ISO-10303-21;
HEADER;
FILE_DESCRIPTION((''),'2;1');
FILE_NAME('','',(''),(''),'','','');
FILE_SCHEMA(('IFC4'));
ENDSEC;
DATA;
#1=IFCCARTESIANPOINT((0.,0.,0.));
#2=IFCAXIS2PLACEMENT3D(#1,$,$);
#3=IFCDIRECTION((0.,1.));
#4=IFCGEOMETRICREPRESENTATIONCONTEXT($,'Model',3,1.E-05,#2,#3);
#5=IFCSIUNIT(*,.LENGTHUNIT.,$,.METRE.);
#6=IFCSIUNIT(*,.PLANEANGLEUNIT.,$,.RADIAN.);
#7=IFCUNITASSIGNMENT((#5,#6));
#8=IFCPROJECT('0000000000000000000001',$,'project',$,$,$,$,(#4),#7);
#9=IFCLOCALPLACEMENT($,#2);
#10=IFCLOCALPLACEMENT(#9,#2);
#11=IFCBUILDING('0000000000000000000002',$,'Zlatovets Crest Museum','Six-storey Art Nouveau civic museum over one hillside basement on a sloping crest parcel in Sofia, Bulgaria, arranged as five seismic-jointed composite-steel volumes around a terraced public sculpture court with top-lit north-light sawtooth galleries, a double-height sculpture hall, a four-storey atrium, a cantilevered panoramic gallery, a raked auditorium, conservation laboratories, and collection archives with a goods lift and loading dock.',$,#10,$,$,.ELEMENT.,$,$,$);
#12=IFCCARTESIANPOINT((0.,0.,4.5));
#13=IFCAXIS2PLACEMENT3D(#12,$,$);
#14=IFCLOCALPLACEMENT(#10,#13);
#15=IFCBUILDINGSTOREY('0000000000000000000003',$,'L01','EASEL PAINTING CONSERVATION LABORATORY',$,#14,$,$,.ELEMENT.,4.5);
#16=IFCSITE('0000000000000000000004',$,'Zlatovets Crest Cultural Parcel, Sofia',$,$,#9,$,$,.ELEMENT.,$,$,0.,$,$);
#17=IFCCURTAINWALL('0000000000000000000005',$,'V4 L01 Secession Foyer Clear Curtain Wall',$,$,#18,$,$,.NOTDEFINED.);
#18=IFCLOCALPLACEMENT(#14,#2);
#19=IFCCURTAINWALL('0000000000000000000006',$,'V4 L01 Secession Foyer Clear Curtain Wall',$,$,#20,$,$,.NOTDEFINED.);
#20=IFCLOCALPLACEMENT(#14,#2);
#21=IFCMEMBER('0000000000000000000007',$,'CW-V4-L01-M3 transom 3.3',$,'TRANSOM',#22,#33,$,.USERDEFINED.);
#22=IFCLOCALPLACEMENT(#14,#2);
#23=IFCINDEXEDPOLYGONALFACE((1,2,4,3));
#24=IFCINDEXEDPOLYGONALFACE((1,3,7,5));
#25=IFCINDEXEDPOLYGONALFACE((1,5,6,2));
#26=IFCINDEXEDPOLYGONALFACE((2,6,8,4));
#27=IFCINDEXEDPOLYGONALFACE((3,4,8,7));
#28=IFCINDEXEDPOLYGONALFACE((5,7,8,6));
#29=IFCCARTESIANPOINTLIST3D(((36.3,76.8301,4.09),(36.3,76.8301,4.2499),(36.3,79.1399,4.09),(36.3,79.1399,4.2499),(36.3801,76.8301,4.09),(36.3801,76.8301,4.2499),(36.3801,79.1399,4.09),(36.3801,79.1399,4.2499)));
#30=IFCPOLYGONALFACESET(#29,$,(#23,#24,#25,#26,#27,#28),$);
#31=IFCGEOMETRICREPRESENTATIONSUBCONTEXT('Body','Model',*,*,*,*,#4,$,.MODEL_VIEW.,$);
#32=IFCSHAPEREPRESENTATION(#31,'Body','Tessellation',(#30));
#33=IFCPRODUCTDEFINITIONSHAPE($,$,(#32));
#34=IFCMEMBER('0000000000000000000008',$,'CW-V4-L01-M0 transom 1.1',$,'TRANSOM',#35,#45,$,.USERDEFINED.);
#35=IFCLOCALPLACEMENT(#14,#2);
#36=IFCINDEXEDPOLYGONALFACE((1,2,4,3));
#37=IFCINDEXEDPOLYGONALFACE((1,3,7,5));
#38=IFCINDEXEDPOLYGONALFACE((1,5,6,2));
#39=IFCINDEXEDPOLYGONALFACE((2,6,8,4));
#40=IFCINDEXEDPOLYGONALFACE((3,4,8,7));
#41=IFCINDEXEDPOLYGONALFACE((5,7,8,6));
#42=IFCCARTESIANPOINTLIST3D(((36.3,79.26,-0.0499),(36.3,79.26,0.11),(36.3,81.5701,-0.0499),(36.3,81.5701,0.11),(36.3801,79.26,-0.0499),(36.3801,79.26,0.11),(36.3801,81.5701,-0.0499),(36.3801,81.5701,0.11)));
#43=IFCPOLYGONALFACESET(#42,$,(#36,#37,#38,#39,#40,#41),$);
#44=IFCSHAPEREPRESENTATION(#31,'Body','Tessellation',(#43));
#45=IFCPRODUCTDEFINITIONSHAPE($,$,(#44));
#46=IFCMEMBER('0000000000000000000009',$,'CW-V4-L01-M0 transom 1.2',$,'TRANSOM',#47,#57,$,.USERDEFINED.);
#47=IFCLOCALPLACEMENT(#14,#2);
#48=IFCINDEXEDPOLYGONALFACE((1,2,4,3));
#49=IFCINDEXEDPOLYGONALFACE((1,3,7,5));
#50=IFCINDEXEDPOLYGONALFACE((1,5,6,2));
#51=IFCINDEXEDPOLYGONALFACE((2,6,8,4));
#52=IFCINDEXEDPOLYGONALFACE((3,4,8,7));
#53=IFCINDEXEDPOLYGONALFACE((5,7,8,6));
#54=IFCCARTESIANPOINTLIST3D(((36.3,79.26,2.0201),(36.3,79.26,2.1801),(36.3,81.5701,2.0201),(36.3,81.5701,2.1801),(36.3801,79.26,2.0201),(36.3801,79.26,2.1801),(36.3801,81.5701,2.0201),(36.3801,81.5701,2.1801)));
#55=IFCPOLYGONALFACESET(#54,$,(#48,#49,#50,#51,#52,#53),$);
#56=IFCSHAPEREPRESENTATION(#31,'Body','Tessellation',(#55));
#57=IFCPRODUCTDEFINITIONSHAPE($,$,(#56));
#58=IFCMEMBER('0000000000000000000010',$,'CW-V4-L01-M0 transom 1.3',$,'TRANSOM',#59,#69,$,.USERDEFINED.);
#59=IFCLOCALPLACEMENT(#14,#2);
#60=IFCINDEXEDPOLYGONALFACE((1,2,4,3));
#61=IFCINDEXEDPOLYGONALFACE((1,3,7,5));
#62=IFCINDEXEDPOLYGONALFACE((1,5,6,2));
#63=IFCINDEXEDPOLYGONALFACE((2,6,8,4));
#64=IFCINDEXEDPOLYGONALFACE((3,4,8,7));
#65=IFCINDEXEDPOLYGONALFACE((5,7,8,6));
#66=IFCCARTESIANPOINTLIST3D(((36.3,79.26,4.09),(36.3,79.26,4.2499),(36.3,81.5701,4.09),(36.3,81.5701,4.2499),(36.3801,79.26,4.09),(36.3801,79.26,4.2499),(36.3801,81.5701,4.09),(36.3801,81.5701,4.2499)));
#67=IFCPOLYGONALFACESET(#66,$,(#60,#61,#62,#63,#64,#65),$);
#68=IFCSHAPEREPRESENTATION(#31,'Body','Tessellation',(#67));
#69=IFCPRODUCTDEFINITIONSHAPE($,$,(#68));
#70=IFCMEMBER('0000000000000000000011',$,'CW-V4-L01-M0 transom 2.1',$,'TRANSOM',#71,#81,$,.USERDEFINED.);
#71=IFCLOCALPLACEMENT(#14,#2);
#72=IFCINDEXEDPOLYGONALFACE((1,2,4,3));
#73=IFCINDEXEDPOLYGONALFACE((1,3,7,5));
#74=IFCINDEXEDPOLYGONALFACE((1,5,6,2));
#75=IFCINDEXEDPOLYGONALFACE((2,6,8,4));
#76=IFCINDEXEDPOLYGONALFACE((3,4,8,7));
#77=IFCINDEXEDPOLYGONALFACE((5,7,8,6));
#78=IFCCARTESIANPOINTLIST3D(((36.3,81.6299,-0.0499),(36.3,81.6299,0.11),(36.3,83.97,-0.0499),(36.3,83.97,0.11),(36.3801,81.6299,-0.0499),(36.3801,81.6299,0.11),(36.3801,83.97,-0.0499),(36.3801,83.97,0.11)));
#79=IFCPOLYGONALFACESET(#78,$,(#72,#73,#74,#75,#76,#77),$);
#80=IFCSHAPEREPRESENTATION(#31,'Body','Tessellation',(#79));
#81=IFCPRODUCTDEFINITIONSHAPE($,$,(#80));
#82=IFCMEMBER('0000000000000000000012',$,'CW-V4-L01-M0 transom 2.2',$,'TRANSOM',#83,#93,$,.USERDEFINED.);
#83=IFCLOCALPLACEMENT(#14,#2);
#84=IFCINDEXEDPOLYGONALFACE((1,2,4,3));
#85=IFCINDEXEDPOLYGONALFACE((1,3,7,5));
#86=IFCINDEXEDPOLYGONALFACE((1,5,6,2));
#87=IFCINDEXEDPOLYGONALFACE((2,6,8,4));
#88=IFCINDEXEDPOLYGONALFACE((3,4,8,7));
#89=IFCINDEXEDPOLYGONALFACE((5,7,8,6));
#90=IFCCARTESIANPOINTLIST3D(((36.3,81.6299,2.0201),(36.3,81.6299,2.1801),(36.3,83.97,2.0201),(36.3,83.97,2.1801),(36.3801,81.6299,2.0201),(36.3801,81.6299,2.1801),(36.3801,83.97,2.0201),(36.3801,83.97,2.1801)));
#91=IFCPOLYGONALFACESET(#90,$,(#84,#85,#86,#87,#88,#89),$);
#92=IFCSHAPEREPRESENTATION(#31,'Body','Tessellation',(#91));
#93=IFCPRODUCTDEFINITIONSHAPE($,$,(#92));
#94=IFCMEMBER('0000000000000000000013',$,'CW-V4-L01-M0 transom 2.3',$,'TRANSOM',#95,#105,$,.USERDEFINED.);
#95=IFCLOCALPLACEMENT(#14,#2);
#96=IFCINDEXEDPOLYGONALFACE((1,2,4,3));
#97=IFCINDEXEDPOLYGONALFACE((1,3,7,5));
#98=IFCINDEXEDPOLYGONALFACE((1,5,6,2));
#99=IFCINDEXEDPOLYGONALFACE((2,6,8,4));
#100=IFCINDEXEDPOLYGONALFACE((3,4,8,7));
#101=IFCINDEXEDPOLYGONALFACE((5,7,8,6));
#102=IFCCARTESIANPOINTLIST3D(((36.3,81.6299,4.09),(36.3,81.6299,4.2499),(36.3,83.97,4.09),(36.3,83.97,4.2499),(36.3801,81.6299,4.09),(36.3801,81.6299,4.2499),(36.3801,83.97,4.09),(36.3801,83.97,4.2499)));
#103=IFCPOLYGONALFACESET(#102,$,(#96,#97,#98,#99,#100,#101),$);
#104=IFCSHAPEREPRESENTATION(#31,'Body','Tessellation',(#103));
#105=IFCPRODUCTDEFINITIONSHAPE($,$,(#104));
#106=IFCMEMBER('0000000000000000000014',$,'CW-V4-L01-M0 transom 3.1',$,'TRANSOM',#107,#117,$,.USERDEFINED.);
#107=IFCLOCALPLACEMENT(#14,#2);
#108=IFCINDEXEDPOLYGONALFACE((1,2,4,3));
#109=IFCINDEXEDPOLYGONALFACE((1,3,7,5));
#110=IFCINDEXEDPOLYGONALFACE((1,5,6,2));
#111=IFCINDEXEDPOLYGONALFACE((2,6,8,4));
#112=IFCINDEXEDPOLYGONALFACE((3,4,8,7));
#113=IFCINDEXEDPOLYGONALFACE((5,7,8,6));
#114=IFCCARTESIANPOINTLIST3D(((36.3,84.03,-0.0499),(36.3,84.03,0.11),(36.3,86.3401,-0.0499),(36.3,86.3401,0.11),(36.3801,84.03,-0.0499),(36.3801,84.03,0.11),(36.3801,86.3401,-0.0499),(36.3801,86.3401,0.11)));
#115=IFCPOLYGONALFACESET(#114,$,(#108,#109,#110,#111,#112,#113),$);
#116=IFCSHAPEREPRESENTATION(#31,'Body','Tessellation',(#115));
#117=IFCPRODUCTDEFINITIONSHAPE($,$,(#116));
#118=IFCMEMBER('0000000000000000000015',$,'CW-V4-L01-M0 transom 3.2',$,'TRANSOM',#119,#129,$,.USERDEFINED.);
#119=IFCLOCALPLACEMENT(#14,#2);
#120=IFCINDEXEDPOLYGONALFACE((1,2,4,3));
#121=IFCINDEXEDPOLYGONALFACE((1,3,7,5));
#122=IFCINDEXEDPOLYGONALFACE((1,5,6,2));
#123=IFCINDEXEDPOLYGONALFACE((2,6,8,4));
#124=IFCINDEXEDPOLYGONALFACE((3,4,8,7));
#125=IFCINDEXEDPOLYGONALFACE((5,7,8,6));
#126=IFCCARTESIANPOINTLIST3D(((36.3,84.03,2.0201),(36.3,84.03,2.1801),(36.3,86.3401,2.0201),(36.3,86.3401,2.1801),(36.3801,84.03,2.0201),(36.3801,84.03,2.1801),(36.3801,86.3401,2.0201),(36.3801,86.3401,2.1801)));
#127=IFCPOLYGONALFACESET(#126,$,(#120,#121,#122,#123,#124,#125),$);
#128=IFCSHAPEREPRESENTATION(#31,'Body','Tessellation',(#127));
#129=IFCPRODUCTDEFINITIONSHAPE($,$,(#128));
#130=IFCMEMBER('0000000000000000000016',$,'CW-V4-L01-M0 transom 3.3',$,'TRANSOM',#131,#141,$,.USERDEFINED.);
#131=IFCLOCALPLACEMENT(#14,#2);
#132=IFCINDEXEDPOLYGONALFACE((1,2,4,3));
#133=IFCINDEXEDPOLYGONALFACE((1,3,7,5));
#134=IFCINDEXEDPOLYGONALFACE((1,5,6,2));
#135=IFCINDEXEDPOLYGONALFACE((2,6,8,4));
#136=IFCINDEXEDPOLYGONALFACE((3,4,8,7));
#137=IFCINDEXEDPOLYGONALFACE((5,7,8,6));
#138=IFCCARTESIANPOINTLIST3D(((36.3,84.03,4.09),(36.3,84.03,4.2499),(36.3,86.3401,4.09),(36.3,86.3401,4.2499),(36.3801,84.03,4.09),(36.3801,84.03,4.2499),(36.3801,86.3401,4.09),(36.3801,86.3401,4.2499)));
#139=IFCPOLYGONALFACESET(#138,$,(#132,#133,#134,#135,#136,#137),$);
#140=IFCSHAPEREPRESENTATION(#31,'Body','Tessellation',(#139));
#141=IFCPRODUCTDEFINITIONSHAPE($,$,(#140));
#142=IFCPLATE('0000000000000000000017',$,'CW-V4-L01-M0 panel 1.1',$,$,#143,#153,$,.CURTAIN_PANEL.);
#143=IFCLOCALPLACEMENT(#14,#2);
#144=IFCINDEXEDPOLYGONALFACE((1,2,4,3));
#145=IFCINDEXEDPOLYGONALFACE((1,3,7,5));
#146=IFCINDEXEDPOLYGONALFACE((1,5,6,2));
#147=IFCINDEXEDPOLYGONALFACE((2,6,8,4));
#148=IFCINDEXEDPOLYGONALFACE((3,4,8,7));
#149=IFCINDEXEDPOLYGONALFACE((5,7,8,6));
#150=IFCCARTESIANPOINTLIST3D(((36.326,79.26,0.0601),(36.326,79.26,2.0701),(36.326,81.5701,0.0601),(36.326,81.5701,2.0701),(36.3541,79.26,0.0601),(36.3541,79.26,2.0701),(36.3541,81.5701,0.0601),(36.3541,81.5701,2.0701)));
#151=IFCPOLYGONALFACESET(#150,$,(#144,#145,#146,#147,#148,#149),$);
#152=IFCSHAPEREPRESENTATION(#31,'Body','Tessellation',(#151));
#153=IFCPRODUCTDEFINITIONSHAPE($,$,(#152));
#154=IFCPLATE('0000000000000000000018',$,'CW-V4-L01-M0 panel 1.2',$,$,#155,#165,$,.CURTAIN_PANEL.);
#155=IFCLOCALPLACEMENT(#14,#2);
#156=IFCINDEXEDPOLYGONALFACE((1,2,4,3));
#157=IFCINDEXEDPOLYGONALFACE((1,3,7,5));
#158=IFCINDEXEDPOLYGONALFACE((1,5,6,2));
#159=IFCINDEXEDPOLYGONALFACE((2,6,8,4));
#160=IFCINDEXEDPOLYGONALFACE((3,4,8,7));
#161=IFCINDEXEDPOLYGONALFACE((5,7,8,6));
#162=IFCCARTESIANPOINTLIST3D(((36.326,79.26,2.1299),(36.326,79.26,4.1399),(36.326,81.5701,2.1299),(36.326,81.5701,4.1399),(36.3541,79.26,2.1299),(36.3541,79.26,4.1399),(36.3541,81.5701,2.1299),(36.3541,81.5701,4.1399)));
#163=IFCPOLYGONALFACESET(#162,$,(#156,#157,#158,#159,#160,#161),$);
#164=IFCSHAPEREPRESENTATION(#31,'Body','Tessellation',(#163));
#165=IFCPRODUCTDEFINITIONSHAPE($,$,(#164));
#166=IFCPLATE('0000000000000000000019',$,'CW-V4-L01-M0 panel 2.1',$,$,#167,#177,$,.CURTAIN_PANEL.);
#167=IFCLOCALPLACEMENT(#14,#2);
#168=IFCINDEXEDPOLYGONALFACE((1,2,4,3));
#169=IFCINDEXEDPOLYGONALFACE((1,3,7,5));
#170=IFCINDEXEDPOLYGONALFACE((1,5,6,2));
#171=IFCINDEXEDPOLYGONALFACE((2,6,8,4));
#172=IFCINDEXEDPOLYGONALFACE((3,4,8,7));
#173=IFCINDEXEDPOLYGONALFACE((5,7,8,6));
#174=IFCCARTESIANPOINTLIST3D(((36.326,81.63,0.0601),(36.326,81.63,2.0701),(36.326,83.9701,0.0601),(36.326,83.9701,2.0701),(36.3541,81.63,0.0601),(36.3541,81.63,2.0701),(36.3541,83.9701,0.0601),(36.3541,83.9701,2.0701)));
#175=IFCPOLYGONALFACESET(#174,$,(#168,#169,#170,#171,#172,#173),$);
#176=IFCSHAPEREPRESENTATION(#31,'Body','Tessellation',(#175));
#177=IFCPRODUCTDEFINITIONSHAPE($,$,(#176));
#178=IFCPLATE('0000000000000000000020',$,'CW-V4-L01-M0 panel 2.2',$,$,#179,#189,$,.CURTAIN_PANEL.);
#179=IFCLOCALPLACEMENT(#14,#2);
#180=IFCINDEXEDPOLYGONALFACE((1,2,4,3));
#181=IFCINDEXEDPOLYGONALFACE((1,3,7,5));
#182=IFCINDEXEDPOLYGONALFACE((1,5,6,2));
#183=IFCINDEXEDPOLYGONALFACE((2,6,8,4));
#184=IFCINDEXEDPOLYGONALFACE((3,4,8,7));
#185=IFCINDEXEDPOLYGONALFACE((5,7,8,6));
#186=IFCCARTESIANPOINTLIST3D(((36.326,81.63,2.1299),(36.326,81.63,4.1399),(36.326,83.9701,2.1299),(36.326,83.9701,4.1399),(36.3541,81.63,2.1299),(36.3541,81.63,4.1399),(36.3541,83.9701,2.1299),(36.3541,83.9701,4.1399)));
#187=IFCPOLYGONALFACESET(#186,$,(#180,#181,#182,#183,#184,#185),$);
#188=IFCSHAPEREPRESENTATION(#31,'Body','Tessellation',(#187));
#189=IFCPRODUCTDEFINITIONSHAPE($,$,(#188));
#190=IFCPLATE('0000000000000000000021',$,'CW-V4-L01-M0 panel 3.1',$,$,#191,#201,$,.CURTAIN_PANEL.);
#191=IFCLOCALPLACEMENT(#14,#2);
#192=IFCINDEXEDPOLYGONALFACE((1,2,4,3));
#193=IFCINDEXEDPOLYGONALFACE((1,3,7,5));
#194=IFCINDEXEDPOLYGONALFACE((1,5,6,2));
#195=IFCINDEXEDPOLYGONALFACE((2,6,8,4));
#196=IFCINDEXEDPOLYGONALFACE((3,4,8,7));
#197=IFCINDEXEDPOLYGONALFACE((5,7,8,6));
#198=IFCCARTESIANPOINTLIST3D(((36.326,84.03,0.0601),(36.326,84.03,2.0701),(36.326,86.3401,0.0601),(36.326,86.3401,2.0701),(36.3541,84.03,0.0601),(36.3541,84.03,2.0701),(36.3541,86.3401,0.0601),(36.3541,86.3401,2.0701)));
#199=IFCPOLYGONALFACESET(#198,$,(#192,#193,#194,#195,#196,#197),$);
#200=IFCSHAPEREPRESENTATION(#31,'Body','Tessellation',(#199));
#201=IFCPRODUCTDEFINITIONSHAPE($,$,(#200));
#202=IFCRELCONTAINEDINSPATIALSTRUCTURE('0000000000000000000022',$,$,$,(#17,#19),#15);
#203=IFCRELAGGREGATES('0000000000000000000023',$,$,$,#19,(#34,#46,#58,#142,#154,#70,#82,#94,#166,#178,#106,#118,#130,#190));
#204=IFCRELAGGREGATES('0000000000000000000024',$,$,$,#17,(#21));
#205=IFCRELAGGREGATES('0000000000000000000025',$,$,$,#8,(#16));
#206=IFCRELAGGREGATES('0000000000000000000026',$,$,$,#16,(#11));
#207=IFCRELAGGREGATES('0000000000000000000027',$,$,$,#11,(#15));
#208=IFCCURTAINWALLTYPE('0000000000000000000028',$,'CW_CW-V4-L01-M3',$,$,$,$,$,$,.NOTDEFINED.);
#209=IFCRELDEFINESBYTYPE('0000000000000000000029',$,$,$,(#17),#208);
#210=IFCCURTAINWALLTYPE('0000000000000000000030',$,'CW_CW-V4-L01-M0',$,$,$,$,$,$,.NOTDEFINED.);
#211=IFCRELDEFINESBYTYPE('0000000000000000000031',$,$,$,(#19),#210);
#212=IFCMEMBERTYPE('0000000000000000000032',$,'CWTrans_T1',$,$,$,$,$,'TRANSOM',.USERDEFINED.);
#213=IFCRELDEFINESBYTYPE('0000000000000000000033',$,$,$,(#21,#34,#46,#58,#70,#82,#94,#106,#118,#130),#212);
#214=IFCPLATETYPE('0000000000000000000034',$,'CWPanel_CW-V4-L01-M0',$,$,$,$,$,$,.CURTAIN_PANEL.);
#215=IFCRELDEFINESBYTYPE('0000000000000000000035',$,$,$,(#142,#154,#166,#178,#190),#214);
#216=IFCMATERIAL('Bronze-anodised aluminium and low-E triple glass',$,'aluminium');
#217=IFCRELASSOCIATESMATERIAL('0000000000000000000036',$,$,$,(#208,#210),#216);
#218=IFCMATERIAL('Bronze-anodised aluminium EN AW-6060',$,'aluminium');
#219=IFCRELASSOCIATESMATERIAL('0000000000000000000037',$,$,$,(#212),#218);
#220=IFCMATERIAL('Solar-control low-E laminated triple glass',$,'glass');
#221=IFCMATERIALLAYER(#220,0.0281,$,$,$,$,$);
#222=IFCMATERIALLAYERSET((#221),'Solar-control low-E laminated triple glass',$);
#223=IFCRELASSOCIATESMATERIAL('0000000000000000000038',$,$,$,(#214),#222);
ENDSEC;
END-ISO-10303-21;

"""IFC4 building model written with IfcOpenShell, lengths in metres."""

from ifc_helpers import new_model, si_unit, direction, frame, origin, origin_2d, place, context, subcontext, project, spatial, rectangle, extrude, material, layer, layer_set, material_profile, profile_set, type_object, element, aggregate, save


model = new_model("IFC4")

# Units and contexts
model_context = context("Model", 3, precision=1e-05, world=origin(), true_north=direction((0.0, 1.0)))
body_context = subcontext(model_context, "Body", "Model", "MODEL_VIEW")
ifc_project = project(units=[si_unit("LENGTHUNIT", "METRE"), si_unit("PLANEANGLEUNIT", "RADIAN")], contexts=[model_context])

# Site, building, storey
site_placement = place(None, origin())
site = spatial("IfcSite", under=ifc_project, at=site_placement, Name="Zlatovets Crest Cultural Parcel, Sofia", CompositionType="ELEMENT", RefElevation=0.0)
building_placement = place(site_placement, origin())
building = spatial("IfcBuilding", under=site, at=building_placement, Name="Zlatovets Crest Museum", Description="Six-storey Art Nouveau civic museum over one hillside basement on a sloping crest parcel in Sofia, Bulgaria, arranged as five seismic-jointed composite-steel volumes around a terraced public sculpture court with top-lit north-light sawtooth galleries, a double-height sculpture hall, a four-storey atrium, a cantilevered panoramic gallery, a raked auditorium, conservation laboratories, and collection archives with a goods lift and loading dock.", CompositionType="ELEMENT")
storey_placement = place(building_placement, frame((0.0, 0.0, 4.5)))
storey = spatial("IfcBuildingStorey", under=building, at=storey_placement, Name="L01", Description="EASEL PAINTING CONSERVATION LABORATORY", CompositionType="ELEMENT", Elevation=4.5)

# Curtain walls
ifc_material_1 = material(Name="Bronze-anodised aluminium and low-E triple glass", Category="aluminium")
curtain_wall_type_1 = type_object("IfcCurtainWallType", Name="CW_CW-V4-L01-M3", PredefinedType="NOTDEFINED", material=ifc_material_1)
curtain_wall_1_placement = place(storey_placement, origin())
curtain_wall_1 = element("IfcCurtainWall", 1, at=curtain_wall_1_placement, inside=storey, type_object=curtain_wall_type_1, Name="V4 L01 Secession Foyer Clear Curtain Wall", PredefinedType="NOTDEFINED")
ifc_material_2 = material(Name="Bronze-anodised aluminium EN AW-6060", Category="aluminium")
curtain_wall_type_2 = type_object("IfcCurtainWallType", Name="CW_CW-V4-L01-M0", PredefinedType="NOTDEFINED", material=ifc_material_1)
curtain_wall_2_placement = place(storey_placement, origin())
curtain_wall_2 = element("IfcCurtainWall", 2, at=curtain_wall_2_placement, inside=storey, type_object=curtain_wall_type_2, Name="V4 L01 Secession Foyer Clear Curtain Wall", PredefinedType="NOTDEFINED")

# Members
ifc_material_profile_1 = material_profile(ifc_material_2, rectangle(XDim=0.0801, YDim=0.1599, at=origin_2d()), Name="ALU 80x160")
ifc_profile_set_1 = profile_set([ifc_material_profile_1], Name="Bronze-anodised aluminium EN AW-6060")
member_type_1 = type_object("IfcMemberType", Name="CWTrans_T1", ElementType="TRANSOM", PredefinedType="USERDEFINED", material=ifc_profile_set_1)
member_1_placement = place(storey_placement, frame((36.3401, 76.8301, 4.1699), z_axis=(0.0, 1.0, 0.0), x_axis=(-1.0, 0.0, 0.0)))
member_1 = element("IfcMember", 3, at=member_1_placement, type_object=member_type_1, Name="CW-V4-L01-M3 transom 3.3", ObjectType="TRANSOM", PredefinedType="USERDEFINED", context=body_context, shape_type="SweptSolid", body=[
    extrude(rectangle(XDim=0.0801, YDim=0.1599, at=origin_2d()), origin(), (0.0, 0.0, 1.0), 2.3098),
])
member_2_placement = place(storey_placement, frame((36.3401, 79.26, 0.03), z_axis=(0.0, 1.0, 0.0), x_axis=(-1.0, 0.0, 0.0)))
member_2 = element("IfcMember", 4, at=member_2_placement, type_object=member_type_1, Name="CW-V4-L01-M0 transom 1.1", ObjectType="TRANSOM", PredefinedType="USERDEFINED", context=body_context, shape_type="SweptSolid", body=[
    extrude(rectangle(XDim=0.0801, YDim=0.1599, at=origin_2d()), origin(), (0.0, 0.0, 1.0), 2.3101),
])
member_3_placement = place(storey_placement, frame((36.3401, 79.26, 2.1001), z_axis=(0.0, 1.0, 0.0), x_axis=(-1.0, 0.0, 0.0)))
member_3 = element("IfcMember", 5, at=member_3_placement, type_object=member_type_1, Name="CW-V4-L01-M0 transom 1.2", ObjectType="TRANSOM", PredefinedType="USERDEFINED", context=body_context, shape_type="SweptSolid", body=[
    extrude(rectangle(XDim=0.0801, YDim=0.1599, at=origin_2d()), origin(), (0.0, 0.0, 1.0), 2.3101),
])
member_4_placement = place(storey_placement, frame((36.3401, 79.26, 4.1699), z_axis=(0.0, 1.0, 0.0), x_axis=(-1.0, 0.0, 0.0)))
member_4 = element("IfcMember", 6, at=member_4_placement, type_object=member_type_1, Name="CW-V4-L01-M0 transom 1.3", ObjectType="TRANSOM", PredefinedType="USERDEFINED", context=body_context, shape_type="SweptSolid", body=[
    extrude(rectangle(XDim=0.0801, YDim=0.1599, at=origin_2d()), origin(), (0.0, 0.0, 1.0), 2.3101),
])
member_5_placement = place(storey_placement, frame((36.3401, 81.6299, 0.03), z_axis=(0.0, 1.0, 0.0), x_axis=(-1.0, 0.0, 0.0)))
member_5 = element("IfcMember", 7, at=member_5_placement, type_object=member_type_1, Name="CW-V4-L01-M0 transom 2.1", ObjectType="TRANSOM", PredefinedType="USERDEFINED", context=body_context, shape_type="SweptSolid", body=[
    extrude(rectangle(XDim=0.0801, YDim=0.1599, at=origin_2d()), origin(), (0.0, 0.0, 1.0), 2.3401),
])
member_6_placement = place(storey_placement, frame((36.3401, 81.6299, 2.1001), z_axis=(0.0, 1.0, 0.0), x_axis=(-1.0, 0.0, 0.0)))
member_6 = element("IfcMember", 8, at=member_6_placement, type_object=member_type_1, Name="CW-V4-L01-M0 transom 2.2", ObjectType="TRANSOM", PredefinedType="USERDEFINED", context=body_context, shape_type="SweptSolid", body=[
    extrude(rectangle(XDim=0.0801, YDim=0.1599, at=origin_2d()), origin(), (0.0, 0.0, 1.0), 2.3401),
])
member_7_placement = place(storey_placement, frame((36.3401, 81.6299, 4.1699), z_axis=(0.0, 1.0, 0.0), x_axis=(-1.0, 0.0, 0.0)))
member_7 = element("IfcMember", 9, at=member_7_placement, type_object=member_type_1, Name="CW-V4-L01-M0 transom 2.3", ObjectType="TRANSOM", PredefinedType="USERDEFINED", context=body_context, shape_type="SweptSolid", body=[
    extrude(rectangle(XDim=0.0801, YDim=0.1599, at=origin_2d()), origin(), (0.0, 0.0, 1.0), 2.3401),
])
member_8_placement = place(storey_placement, frame((36.3401, 84.03, 0.03), z_axis=(0.0, 1.0, 0.0), x_axis=(-1.0, 0.0, 0.0)))
member_8 = element("IfcMember", 10, at=member_8_placement, type_object=member_type_1, Name="CW-V4-L01-M0 transom 3.1", ObjectType="TRANSOM", PredefinedType="USERDEFINED", context=body_context, shape_type="SweptSolid", body=[
    extrude(rectangle(XDim=0.0801, YDim=0.1599, at=origin_2d()), origin(), (0.0, 0.0, 1.0), 2.3101),
])
member_9_placement = place(storey_placement, frame((36.3401, 84.03, 2.1001), z_axis=(0.0, 1.0, 0.0), x_axis=(-1.0, 0.0, 0.0)))
member_9 = element("IfcMember", 11, at=member_9_placement, type_object=member_type_1, Name="CW-V4-L01-M0 transom 3.2", ObjectType="TRANSOM", PredefinedType="USERDEFINED", context=body_context, shape_type="SweptSolid", body=[
    extrude(rectangle(XDim=0.0801, YDim=0.1599, at=origin_2d()), origin(), (0.0, 0.0, 1.0), 2.3101),
])
member_10_placement = place(storey_placement, frame((36.3401, 84.03, 4.1699), z_axis=(0.0, 1.0, 0.0), x_axis=(-1.0, 0.0, 0.0)))
member_10 = element("IfcMember", 12, at=member_10_placement, type_object=member_type_1, Name="CW-V4-L01-M0 transom 3.3", ObjectType="TRANSOM", PredefinedType="USERDEFINED", context=body_context, shape_type="SweptSolid", body=[
    extrude(rectangle(XDim=0.0801, YDim=0.1599, at=origin_2d()), origin(), (0.0, 0.0, 1.0), 2.3101),
])

# Plates
ifc_material_3 = material(Name="Solar-control low-E laminated triple glass", Category="glass")
ifc_layer_1 = layer(ifc_material_3, 0.0281)
ifc_layer_set_1 = layer_set([ifc_layer_1], Name="Solar-control low-E laminated triple glass")
plate_type_1 = type_object("IfcPlateType", Name="CWPanel_CW-V4-L01-M0", PredefinedType="CURTAIN_PANEL", material=ifc_layer_set_1)
plate_1_placement = place(storey_placement, frame((36.3401, 80.415, 0.0601), z_axis=(0.0, 0.0, 1.0), x_axis=(0.0, 1.0, 0.0)))
plate_1 = element("IfcPlate", 13, at=plate_1_placement, type_object=plate_type_1, Name="CW-V4-L01-M0 panel 1.1", PredefinedType="CURTAIN_PANEL", context=body_context, shape_type="SweptSolid", body=[
    extrude(rectangle(XDim=2.3101, YDim=0.0281, at=origin_2d()), origin(), (0.0, 0.0, 1.0), 2.01),
])
plate_2_placement = place(storey_placement, frame((36.3401, 80.415, 2.1299), z_axis=(0.0, 0.0, 1.0), x_axis=(0.0, 1.0, 0.0)))
plate_2 = element("IfcPlate", 14, at=plate_2_placement, type_object=plate_type_1, Name="CW-V4-L01-M0 panel 1.2", PredefinedType="CURTAIN_PANEL", context=body_context, shape_type="SweptSolid", body=[
    extrude(rectangle(XDim=2.3101, YDim=0.0281, at=origin_2d()), origin(), (0.0, 0.0, 1.0), 2.01),
])
plate_3_placement = place(storey_placement, frame((36.3401, 82.8, 0.0601), z_axis=(0.0, 0.0, 1.0), x_axis=(0.0, 1.0, 0.0)))
plate_3 = element("IfcPlate", 15, at=plate_3_placement, type_object=plate_type_1, Name="CW-V4-L01-M0 panel 2.1", PredefinedType="CURTAIN_PANEL", context=body_context, shape_type="SweptSolid", body=[
    extrude(rectangle(XDim=2.3401, YDim=0.0281, at=origin_2d()), origin(), (0.0, 0.0, 1.0), 2.01),
])
plate_4_placement = place(storey_placement, frame((36.3401, 82.8, 2.1299), z_axis=(0.0, 0.0, 1.0), x_axis=(0.0, 1.0, 0.0)))
plate_4 = element("IfcPlate", 16, at=plate_4_placement, type_object=plate_type_1, Name="CW-V4-L01-M0 panel 2.2", PredefinedType="CURTAIN_PANEL", context=body_context, shape_type="SweptSolid", body=[
    extrude(rectangle(XDim=2.3401, YDim=0.0281, at=origin_2d()), origin(), (0.0, 0.0, 1.0), 2.01),
])
plate_5_placement = place(storey_placement, frame((36.3401, 85.1851, 0.0601), z_axis=(0.0, 0.0, 1.0), x_axis=(0.0, 1.0, 0.0)))
plate_5 = element("IfcPlate", 17, at=plate_5_placement, type_object=plate_type_1, Name="CW-V4-L01-M0 panel 3.1", PredefinedType="CURTAIN_PANEL", context=body_context, shape_type="SweptSolid", body=[
    extrude(rectangle(XDim=2.3101, YDim=0.0281, at=origin_2d()), origin(), (0.0, 0.0, 1.0), 2.01),
])
aggregate(curtain_wall_2, [member_2, member_3, member_4, plate_1, plate_2, member_5, member_6, member_7, plate_3, plate_4, member_8, member_9, member_10, plate_5])
aggregate(curtain_wall_1, [member_1])

save(model, "model.ifc")
